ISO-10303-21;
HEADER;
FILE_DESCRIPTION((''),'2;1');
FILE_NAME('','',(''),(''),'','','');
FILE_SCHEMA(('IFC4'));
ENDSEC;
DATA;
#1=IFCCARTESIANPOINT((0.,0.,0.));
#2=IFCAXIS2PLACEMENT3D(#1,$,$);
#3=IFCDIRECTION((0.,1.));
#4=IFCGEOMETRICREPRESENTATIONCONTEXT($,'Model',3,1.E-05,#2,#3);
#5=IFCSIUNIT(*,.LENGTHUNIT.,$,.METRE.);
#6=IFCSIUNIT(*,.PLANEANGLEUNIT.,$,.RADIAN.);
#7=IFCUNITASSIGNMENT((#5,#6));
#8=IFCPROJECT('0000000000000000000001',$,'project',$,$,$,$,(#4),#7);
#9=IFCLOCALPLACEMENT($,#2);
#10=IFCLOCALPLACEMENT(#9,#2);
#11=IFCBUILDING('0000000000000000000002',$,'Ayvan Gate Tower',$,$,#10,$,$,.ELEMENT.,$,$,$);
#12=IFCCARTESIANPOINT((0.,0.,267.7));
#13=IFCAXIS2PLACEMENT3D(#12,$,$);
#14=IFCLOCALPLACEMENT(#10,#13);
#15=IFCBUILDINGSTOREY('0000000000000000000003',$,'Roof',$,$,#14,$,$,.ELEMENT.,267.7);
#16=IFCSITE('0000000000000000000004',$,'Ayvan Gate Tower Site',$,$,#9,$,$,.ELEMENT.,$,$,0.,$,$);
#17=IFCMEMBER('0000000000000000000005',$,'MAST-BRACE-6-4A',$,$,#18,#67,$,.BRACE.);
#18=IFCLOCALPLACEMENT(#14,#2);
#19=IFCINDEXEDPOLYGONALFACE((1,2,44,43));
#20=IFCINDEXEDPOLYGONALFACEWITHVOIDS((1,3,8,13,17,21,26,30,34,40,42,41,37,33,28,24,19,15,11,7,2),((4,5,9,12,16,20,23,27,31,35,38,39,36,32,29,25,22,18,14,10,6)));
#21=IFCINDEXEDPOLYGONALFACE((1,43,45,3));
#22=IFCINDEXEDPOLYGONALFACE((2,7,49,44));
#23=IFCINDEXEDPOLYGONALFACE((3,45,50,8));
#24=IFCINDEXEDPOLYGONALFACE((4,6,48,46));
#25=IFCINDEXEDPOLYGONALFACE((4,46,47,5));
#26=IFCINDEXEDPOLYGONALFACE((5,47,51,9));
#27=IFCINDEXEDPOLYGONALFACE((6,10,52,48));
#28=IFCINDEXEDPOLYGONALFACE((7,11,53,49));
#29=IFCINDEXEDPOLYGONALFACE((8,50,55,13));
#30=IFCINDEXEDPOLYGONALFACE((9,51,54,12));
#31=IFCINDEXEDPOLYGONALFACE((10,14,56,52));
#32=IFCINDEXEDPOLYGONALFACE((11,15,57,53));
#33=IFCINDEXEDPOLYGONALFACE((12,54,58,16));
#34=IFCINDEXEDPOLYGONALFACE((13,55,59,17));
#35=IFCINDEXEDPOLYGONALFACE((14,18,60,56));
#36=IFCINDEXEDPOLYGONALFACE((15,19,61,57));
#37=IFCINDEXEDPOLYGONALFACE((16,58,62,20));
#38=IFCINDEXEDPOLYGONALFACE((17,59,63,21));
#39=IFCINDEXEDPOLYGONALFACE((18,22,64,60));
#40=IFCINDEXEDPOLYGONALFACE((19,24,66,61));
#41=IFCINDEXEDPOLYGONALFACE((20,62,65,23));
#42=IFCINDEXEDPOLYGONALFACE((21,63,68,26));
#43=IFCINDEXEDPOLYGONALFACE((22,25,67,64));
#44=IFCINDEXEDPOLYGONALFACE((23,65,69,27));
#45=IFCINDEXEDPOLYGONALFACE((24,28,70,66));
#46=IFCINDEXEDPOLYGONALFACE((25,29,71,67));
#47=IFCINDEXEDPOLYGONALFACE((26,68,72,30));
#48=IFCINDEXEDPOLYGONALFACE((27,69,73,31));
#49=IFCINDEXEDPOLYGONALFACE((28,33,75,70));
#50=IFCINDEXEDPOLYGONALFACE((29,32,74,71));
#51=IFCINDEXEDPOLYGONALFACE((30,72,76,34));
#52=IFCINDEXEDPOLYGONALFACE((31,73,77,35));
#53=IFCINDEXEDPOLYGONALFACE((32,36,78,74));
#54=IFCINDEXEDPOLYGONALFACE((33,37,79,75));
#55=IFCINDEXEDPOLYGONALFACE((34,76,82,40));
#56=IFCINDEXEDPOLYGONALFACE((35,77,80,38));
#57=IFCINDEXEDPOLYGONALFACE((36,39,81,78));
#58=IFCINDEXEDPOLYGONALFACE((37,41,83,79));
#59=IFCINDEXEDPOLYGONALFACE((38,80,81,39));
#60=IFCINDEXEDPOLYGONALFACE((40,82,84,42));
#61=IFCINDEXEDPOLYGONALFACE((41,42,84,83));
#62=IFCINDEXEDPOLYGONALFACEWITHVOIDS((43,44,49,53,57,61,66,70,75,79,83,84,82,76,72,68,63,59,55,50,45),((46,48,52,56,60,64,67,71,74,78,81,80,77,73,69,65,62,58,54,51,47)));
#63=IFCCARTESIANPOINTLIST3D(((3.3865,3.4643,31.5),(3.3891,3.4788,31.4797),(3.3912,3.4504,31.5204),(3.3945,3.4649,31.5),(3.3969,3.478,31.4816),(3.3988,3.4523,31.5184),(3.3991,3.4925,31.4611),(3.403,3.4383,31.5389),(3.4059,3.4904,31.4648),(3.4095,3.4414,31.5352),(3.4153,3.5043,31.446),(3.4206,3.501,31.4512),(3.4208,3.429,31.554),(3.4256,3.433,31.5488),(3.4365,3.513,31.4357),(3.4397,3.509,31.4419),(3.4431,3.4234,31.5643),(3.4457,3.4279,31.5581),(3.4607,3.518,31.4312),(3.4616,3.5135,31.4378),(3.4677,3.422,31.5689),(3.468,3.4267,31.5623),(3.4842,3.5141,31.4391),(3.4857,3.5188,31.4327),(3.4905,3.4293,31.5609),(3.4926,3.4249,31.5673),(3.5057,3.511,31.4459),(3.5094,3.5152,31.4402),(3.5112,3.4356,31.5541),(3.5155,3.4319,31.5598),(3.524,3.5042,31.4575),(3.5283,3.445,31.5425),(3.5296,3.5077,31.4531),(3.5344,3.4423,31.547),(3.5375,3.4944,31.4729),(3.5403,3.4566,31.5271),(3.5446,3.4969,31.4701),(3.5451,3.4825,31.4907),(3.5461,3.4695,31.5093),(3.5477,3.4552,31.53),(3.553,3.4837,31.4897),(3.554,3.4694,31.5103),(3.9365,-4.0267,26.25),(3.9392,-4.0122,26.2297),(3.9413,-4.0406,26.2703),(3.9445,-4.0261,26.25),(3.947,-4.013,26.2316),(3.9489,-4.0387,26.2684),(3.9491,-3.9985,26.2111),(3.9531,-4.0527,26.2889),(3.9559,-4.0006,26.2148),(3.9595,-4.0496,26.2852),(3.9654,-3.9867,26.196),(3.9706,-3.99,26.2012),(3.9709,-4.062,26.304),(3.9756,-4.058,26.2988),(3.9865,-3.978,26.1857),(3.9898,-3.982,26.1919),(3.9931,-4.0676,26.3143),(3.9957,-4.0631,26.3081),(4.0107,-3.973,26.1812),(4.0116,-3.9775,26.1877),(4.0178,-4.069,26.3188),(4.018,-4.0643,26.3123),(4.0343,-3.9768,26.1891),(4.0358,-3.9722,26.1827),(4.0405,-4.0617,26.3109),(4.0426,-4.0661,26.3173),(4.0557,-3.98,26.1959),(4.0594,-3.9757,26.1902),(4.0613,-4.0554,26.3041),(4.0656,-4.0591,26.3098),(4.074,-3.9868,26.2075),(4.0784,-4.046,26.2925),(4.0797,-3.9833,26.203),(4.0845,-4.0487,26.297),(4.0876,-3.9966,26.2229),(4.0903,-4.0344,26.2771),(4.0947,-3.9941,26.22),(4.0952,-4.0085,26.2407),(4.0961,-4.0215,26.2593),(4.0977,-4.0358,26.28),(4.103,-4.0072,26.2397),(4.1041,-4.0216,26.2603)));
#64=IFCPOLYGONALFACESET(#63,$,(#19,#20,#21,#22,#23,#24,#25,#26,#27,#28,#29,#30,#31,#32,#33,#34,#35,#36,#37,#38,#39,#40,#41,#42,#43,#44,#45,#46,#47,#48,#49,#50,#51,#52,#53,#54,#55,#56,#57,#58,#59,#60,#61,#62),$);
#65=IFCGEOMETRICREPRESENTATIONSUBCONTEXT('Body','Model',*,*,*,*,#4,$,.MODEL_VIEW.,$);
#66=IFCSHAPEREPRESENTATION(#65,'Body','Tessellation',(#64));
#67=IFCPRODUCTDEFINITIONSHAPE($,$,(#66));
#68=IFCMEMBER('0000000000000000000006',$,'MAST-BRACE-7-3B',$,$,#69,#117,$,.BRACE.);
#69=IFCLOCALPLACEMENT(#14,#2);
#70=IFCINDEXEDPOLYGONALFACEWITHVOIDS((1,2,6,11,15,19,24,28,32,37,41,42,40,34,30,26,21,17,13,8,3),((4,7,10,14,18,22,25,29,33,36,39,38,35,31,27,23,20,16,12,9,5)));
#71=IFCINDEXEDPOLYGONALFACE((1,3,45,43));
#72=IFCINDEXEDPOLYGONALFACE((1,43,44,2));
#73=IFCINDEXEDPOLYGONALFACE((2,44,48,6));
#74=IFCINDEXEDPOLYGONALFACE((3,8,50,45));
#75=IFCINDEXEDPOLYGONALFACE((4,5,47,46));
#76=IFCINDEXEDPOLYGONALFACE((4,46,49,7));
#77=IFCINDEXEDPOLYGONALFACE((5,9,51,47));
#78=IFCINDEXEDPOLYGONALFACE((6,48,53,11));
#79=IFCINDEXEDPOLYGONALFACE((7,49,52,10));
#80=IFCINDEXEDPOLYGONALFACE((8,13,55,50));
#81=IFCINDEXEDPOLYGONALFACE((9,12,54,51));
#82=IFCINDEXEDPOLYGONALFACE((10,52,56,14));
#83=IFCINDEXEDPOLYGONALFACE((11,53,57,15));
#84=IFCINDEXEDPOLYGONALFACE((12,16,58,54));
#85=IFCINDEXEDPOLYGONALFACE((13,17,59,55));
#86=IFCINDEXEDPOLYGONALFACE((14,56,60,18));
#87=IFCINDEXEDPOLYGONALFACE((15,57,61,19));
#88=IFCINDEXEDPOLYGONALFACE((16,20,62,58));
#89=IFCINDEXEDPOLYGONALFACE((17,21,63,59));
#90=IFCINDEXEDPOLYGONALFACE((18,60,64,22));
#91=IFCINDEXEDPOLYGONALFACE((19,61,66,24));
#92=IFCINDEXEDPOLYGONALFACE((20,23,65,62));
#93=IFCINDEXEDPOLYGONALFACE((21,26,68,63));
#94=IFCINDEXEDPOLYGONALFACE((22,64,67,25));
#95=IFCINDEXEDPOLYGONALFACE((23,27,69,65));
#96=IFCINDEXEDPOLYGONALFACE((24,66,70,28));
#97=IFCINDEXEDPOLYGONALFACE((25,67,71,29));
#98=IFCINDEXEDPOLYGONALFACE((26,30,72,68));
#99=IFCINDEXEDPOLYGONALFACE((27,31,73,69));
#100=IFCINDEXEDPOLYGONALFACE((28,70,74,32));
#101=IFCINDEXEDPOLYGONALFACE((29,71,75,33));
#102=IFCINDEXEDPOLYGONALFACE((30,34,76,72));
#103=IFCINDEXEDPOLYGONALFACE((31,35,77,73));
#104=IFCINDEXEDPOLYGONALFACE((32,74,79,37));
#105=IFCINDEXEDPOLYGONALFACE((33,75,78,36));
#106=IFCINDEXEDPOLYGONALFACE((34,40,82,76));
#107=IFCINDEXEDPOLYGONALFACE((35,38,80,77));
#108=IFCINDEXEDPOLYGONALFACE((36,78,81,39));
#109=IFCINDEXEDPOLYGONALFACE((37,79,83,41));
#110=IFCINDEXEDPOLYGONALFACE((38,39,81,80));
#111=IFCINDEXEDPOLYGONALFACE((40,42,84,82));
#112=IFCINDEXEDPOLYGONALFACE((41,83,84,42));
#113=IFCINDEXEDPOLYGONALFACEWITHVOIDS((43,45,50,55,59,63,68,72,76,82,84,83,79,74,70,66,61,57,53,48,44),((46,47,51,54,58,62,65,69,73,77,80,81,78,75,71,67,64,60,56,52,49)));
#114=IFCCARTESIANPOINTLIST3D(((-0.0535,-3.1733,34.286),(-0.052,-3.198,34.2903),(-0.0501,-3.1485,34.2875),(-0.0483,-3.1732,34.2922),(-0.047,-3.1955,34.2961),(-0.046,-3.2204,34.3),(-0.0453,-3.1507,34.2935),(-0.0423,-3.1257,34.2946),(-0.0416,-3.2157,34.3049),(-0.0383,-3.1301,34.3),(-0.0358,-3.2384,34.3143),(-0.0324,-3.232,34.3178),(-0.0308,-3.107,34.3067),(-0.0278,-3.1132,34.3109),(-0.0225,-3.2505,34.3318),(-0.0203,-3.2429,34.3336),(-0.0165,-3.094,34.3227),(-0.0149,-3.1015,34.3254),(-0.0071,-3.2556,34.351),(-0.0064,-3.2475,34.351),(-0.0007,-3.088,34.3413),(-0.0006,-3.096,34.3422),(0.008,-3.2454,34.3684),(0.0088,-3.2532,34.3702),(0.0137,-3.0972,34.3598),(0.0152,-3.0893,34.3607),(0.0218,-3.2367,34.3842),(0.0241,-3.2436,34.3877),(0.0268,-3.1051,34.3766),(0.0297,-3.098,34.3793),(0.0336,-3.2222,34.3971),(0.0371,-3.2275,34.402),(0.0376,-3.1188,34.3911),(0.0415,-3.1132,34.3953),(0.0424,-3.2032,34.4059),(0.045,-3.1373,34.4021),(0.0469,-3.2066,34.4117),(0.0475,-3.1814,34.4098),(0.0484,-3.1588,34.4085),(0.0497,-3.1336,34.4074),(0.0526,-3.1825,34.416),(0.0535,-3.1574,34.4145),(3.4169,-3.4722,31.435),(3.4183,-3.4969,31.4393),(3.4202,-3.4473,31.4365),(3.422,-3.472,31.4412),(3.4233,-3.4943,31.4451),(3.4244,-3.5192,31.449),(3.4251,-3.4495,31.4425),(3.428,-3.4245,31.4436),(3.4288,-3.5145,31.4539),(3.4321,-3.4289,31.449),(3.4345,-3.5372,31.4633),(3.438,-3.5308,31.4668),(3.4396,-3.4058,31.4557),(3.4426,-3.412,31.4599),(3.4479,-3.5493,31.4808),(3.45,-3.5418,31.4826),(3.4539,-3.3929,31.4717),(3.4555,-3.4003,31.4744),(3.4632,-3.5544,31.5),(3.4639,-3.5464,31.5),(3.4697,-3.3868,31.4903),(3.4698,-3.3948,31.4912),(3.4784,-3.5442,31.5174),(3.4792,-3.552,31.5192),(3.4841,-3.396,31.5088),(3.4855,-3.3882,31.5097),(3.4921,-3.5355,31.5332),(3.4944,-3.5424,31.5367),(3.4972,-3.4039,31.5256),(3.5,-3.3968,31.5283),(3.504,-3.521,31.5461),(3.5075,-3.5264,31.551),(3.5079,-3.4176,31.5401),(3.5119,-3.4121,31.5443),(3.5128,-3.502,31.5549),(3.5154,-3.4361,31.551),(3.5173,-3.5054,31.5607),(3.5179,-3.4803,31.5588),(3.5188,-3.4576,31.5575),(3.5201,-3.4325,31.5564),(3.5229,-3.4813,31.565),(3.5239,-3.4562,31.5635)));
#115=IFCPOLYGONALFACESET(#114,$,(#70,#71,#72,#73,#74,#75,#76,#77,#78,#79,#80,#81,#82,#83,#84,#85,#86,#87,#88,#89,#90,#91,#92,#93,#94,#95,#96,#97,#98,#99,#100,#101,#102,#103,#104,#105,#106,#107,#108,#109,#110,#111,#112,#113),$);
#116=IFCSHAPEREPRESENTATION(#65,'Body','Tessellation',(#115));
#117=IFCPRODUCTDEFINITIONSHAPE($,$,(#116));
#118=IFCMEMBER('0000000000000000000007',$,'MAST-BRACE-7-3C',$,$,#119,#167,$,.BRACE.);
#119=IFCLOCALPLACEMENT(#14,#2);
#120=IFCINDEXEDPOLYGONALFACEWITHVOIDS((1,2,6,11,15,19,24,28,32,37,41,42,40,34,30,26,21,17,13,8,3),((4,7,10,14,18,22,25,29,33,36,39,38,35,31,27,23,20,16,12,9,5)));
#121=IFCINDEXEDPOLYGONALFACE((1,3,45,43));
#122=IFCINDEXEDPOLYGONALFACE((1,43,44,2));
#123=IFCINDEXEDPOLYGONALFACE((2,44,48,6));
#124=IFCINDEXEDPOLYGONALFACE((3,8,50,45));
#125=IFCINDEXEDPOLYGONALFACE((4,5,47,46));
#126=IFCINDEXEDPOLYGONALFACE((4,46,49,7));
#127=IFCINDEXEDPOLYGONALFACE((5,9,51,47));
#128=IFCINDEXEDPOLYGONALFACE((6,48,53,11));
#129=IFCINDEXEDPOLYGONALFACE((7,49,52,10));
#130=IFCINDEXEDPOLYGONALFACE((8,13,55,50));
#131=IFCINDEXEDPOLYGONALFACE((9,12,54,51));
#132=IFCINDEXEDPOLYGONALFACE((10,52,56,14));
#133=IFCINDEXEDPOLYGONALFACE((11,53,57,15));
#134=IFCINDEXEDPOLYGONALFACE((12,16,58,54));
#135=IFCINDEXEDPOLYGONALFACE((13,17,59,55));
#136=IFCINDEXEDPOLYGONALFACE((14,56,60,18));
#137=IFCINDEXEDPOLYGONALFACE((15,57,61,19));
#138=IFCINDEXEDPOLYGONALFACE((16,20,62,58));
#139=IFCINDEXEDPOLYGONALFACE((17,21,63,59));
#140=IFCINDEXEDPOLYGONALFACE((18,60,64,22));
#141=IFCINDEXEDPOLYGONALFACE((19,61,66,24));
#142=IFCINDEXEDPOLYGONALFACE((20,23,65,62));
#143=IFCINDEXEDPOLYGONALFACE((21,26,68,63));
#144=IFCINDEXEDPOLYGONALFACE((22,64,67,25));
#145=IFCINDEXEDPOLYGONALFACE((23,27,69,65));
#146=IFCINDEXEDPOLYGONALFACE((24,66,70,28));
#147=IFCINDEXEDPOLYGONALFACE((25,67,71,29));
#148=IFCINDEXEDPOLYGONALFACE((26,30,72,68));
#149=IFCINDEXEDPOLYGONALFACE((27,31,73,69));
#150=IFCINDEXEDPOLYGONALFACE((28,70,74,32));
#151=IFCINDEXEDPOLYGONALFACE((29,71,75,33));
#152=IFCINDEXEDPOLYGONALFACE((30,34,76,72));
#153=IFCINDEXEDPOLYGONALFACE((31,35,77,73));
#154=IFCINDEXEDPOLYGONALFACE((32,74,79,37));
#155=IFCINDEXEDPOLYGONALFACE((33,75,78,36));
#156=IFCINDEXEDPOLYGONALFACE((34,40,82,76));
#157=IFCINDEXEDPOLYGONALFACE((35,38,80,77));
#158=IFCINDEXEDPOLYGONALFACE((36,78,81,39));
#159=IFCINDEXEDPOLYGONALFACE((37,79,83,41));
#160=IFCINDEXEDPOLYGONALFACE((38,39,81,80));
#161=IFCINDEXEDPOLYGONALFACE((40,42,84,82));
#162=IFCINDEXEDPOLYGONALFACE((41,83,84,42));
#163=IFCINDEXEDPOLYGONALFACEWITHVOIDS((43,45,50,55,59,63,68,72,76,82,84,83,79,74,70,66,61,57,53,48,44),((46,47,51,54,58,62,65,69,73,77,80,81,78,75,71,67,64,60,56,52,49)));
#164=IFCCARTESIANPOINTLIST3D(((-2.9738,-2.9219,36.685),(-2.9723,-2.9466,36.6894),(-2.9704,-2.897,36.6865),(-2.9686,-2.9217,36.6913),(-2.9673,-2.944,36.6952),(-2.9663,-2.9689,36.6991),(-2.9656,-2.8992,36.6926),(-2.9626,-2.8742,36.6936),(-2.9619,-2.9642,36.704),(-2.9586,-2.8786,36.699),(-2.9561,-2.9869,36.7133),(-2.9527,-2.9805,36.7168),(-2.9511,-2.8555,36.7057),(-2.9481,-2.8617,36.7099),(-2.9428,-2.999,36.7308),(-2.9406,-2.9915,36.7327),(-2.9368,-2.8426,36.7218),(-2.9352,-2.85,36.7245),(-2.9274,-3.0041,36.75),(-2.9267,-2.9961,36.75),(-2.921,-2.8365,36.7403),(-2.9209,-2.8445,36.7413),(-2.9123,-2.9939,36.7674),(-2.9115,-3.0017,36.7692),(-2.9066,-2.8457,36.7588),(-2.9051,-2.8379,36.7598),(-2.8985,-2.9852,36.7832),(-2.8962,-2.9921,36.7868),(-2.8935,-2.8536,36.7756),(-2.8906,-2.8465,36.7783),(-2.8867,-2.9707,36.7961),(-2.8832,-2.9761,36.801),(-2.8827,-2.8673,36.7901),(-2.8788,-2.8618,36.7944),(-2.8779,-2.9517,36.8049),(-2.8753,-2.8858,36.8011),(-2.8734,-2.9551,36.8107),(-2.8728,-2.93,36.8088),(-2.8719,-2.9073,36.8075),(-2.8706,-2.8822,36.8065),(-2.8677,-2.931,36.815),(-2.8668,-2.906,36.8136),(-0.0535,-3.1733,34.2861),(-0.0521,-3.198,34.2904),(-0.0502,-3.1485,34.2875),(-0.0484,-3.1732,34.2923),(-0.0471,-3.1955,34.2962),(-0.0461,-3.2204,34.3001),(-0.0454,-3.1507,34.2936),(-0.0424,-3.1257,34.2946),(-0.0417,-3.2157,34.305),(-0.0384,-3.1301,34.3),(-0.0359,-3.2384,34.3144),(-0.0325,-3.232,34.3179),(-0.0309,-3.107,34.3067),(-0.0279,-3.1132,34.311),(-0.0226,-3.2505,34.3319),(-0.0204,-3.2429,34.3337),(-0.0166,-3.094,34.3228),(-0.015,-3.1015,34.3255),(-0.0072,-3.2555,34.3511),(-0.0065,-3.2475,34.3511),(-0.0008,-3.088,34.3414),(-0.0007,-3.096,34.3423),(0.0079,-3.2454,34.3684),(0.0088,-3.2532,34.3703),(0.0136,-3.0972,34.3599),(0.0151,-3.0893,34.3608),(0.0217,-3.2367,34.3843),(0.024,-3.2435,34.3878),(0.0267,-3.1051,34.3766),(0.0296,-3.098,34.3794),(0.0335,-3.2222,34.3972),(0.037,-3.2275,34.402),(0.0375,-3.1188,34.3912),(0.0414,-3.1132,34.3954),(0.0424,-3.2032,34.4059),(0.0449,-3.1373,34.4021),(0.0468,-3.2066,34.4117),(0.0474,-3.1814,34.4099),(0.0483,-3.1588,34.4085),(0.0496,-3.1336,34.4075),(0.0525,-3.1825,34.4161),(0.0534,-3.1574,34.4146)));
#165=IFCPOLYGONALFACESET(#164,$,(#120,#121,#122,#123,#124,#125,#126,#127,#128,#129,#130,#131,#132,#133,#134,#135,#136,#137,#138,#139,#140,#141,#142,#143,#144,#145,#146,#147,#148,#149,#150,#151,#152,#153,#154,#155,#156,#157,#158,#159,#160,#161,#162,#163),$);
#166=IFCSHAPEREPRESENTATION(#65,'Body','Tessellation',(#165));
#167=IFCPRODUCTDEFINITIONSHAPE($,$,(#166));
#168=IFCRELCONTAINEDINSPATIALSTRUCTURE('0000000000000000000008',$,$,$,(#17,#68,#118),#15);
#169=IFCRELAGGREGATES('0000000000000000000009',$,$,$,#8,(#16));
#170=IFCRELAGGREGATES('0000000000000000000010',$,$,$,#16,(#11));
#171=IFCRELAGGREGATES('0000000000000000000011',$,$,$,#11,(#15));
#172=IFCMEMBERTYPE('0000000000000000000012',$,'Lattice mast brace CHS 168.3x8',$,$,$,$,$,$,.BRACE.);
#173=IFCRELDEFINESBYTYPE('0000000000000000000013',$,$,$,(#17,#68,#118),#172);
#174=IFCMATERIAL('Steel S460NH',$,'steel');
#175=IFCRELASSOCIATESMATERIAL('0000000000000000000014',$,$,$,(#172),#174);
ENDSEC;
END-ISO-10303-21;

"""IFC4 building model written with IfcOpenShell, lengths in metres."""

from ifc_helpers import new_model, si_unit, direction, frame, origin, origin_2d, place, context, subcontext, project, spatial, hollow_circle, extrude, material, material_profile, profile_set, type_object, element, save


model = new_model("IFC4")

# Units and contexts
model_context = context("Model", 3, precision=1e-05, world=origin(), true_north=direction((0.0, 1.0)))
body_context = subcontext(model_context, "Body", "Model", "MODEL_VIEW")
ifc_project = project(units=[si_unit("LENGTHUNIT", "METRE"), si_unit("PLANEANGLEUNIT", "RADIAN")], contexts=[model_context])

# Site, building, storey
site_placement = place(None, origin())
site = spatial("IfcSite", under=ifc_project, at=site_placement, Name="Ayvan Gate Tower Site", CompositionType="ELEMENT", RefElevation=0.0)
building_placement = place(site_placement, origin())
building = spatial("IfcBuilding", under=site, at=building_placement, Name="Ayvan Gate Tower", CompositionType="ELEMENT")
storey_placement = place(building_placement, frame((0.0, 0.0, 267.7)))
storey = spatial("IfcBuildingStorey", under=building, at=storey_placement, Name="Roof", CompositionType="ELEMENT", Elevation=267.7)

# Members
ifc_material_1 = material(Name="Steel S460NH", Category="steel")
ifc_material_profile_1 = material_profile(ifc_material_1, hollow_circle(Radius=0.0842, WallThickness=0.0081, at=origin_2d()), Name="CHS 168.3x8")
ifc_profile_set_1 = profile_set([ifc_material_profile_1], Name="Steel S460NH")
member_type_1 = type_object("IfcMemberType", Name="Lattice mast brace CHS 168.3x8", PredefinedType="BRACE", material=ifc_profile_set_1)
member_1_placement = place(storey_placement, frame((4.0205, -4.0205, 26.25), z_axis=(-0.060023, 0.817431, 0.572891), x_axis=(-0.997315, -0.073231, 0.0)))
element("IfcMember", 1, at=member_1_placement, inside=storey, type_object=member_type_1, Name="MAST-BRACE-6-4A", PredefinedType="BRACE", context=body_context, shape_type="SweptSolid", body=[
    extrude(hollow_circle(Radius=0.0842, WallThickness=0.0081, at=origin_2d()), origin(), (0.0, 0.0, 1.0), 9.1641),
])
member_2_placement = place(storey_placement, frame((3.4705, -3.4705, 31.5), z_axis=(-0.770985, 0.066387, 0.633384), x_axis=(-0.085789, -0.996313, 0.0)))
element("IfcMember", 2, at=member_2_placement, inside=storey, type_object=member_type_1, Name="MAST-BRACE-7-3B", PredefinedType="BRACE", context=body_context, shape_type="SweptSolid", body=[
    extrude(hollow_circle(Radius=0.0842, WallThickness=0.0081, at=origin_2d()), origin(), (0.0, 0.0, 1.0), 4.5012),
])
member_3_placement = place(storey_placement, frame((0.0, -3.1716, 34.3511), z_axis=(-0.770993, 0.066393, 0.633373), x_axis=(-0.085796, -0.996313, 0.0)))
element("IfcMember", 3, at=member_3_placement, inside=storey, type_object=member_type_1, Name="MAST-BRACE-7-3C", PredefinedType="BRACE", context=body_context, shape_type="SweptSolid", body=[
    extrude(hollow_circle(Radius=0.0842, WallThickness=0.0081, at=origin_2d()), origin(), (0.0, 0.0, 1.0), 3.7876),
])

save(model, "model.ifc")
